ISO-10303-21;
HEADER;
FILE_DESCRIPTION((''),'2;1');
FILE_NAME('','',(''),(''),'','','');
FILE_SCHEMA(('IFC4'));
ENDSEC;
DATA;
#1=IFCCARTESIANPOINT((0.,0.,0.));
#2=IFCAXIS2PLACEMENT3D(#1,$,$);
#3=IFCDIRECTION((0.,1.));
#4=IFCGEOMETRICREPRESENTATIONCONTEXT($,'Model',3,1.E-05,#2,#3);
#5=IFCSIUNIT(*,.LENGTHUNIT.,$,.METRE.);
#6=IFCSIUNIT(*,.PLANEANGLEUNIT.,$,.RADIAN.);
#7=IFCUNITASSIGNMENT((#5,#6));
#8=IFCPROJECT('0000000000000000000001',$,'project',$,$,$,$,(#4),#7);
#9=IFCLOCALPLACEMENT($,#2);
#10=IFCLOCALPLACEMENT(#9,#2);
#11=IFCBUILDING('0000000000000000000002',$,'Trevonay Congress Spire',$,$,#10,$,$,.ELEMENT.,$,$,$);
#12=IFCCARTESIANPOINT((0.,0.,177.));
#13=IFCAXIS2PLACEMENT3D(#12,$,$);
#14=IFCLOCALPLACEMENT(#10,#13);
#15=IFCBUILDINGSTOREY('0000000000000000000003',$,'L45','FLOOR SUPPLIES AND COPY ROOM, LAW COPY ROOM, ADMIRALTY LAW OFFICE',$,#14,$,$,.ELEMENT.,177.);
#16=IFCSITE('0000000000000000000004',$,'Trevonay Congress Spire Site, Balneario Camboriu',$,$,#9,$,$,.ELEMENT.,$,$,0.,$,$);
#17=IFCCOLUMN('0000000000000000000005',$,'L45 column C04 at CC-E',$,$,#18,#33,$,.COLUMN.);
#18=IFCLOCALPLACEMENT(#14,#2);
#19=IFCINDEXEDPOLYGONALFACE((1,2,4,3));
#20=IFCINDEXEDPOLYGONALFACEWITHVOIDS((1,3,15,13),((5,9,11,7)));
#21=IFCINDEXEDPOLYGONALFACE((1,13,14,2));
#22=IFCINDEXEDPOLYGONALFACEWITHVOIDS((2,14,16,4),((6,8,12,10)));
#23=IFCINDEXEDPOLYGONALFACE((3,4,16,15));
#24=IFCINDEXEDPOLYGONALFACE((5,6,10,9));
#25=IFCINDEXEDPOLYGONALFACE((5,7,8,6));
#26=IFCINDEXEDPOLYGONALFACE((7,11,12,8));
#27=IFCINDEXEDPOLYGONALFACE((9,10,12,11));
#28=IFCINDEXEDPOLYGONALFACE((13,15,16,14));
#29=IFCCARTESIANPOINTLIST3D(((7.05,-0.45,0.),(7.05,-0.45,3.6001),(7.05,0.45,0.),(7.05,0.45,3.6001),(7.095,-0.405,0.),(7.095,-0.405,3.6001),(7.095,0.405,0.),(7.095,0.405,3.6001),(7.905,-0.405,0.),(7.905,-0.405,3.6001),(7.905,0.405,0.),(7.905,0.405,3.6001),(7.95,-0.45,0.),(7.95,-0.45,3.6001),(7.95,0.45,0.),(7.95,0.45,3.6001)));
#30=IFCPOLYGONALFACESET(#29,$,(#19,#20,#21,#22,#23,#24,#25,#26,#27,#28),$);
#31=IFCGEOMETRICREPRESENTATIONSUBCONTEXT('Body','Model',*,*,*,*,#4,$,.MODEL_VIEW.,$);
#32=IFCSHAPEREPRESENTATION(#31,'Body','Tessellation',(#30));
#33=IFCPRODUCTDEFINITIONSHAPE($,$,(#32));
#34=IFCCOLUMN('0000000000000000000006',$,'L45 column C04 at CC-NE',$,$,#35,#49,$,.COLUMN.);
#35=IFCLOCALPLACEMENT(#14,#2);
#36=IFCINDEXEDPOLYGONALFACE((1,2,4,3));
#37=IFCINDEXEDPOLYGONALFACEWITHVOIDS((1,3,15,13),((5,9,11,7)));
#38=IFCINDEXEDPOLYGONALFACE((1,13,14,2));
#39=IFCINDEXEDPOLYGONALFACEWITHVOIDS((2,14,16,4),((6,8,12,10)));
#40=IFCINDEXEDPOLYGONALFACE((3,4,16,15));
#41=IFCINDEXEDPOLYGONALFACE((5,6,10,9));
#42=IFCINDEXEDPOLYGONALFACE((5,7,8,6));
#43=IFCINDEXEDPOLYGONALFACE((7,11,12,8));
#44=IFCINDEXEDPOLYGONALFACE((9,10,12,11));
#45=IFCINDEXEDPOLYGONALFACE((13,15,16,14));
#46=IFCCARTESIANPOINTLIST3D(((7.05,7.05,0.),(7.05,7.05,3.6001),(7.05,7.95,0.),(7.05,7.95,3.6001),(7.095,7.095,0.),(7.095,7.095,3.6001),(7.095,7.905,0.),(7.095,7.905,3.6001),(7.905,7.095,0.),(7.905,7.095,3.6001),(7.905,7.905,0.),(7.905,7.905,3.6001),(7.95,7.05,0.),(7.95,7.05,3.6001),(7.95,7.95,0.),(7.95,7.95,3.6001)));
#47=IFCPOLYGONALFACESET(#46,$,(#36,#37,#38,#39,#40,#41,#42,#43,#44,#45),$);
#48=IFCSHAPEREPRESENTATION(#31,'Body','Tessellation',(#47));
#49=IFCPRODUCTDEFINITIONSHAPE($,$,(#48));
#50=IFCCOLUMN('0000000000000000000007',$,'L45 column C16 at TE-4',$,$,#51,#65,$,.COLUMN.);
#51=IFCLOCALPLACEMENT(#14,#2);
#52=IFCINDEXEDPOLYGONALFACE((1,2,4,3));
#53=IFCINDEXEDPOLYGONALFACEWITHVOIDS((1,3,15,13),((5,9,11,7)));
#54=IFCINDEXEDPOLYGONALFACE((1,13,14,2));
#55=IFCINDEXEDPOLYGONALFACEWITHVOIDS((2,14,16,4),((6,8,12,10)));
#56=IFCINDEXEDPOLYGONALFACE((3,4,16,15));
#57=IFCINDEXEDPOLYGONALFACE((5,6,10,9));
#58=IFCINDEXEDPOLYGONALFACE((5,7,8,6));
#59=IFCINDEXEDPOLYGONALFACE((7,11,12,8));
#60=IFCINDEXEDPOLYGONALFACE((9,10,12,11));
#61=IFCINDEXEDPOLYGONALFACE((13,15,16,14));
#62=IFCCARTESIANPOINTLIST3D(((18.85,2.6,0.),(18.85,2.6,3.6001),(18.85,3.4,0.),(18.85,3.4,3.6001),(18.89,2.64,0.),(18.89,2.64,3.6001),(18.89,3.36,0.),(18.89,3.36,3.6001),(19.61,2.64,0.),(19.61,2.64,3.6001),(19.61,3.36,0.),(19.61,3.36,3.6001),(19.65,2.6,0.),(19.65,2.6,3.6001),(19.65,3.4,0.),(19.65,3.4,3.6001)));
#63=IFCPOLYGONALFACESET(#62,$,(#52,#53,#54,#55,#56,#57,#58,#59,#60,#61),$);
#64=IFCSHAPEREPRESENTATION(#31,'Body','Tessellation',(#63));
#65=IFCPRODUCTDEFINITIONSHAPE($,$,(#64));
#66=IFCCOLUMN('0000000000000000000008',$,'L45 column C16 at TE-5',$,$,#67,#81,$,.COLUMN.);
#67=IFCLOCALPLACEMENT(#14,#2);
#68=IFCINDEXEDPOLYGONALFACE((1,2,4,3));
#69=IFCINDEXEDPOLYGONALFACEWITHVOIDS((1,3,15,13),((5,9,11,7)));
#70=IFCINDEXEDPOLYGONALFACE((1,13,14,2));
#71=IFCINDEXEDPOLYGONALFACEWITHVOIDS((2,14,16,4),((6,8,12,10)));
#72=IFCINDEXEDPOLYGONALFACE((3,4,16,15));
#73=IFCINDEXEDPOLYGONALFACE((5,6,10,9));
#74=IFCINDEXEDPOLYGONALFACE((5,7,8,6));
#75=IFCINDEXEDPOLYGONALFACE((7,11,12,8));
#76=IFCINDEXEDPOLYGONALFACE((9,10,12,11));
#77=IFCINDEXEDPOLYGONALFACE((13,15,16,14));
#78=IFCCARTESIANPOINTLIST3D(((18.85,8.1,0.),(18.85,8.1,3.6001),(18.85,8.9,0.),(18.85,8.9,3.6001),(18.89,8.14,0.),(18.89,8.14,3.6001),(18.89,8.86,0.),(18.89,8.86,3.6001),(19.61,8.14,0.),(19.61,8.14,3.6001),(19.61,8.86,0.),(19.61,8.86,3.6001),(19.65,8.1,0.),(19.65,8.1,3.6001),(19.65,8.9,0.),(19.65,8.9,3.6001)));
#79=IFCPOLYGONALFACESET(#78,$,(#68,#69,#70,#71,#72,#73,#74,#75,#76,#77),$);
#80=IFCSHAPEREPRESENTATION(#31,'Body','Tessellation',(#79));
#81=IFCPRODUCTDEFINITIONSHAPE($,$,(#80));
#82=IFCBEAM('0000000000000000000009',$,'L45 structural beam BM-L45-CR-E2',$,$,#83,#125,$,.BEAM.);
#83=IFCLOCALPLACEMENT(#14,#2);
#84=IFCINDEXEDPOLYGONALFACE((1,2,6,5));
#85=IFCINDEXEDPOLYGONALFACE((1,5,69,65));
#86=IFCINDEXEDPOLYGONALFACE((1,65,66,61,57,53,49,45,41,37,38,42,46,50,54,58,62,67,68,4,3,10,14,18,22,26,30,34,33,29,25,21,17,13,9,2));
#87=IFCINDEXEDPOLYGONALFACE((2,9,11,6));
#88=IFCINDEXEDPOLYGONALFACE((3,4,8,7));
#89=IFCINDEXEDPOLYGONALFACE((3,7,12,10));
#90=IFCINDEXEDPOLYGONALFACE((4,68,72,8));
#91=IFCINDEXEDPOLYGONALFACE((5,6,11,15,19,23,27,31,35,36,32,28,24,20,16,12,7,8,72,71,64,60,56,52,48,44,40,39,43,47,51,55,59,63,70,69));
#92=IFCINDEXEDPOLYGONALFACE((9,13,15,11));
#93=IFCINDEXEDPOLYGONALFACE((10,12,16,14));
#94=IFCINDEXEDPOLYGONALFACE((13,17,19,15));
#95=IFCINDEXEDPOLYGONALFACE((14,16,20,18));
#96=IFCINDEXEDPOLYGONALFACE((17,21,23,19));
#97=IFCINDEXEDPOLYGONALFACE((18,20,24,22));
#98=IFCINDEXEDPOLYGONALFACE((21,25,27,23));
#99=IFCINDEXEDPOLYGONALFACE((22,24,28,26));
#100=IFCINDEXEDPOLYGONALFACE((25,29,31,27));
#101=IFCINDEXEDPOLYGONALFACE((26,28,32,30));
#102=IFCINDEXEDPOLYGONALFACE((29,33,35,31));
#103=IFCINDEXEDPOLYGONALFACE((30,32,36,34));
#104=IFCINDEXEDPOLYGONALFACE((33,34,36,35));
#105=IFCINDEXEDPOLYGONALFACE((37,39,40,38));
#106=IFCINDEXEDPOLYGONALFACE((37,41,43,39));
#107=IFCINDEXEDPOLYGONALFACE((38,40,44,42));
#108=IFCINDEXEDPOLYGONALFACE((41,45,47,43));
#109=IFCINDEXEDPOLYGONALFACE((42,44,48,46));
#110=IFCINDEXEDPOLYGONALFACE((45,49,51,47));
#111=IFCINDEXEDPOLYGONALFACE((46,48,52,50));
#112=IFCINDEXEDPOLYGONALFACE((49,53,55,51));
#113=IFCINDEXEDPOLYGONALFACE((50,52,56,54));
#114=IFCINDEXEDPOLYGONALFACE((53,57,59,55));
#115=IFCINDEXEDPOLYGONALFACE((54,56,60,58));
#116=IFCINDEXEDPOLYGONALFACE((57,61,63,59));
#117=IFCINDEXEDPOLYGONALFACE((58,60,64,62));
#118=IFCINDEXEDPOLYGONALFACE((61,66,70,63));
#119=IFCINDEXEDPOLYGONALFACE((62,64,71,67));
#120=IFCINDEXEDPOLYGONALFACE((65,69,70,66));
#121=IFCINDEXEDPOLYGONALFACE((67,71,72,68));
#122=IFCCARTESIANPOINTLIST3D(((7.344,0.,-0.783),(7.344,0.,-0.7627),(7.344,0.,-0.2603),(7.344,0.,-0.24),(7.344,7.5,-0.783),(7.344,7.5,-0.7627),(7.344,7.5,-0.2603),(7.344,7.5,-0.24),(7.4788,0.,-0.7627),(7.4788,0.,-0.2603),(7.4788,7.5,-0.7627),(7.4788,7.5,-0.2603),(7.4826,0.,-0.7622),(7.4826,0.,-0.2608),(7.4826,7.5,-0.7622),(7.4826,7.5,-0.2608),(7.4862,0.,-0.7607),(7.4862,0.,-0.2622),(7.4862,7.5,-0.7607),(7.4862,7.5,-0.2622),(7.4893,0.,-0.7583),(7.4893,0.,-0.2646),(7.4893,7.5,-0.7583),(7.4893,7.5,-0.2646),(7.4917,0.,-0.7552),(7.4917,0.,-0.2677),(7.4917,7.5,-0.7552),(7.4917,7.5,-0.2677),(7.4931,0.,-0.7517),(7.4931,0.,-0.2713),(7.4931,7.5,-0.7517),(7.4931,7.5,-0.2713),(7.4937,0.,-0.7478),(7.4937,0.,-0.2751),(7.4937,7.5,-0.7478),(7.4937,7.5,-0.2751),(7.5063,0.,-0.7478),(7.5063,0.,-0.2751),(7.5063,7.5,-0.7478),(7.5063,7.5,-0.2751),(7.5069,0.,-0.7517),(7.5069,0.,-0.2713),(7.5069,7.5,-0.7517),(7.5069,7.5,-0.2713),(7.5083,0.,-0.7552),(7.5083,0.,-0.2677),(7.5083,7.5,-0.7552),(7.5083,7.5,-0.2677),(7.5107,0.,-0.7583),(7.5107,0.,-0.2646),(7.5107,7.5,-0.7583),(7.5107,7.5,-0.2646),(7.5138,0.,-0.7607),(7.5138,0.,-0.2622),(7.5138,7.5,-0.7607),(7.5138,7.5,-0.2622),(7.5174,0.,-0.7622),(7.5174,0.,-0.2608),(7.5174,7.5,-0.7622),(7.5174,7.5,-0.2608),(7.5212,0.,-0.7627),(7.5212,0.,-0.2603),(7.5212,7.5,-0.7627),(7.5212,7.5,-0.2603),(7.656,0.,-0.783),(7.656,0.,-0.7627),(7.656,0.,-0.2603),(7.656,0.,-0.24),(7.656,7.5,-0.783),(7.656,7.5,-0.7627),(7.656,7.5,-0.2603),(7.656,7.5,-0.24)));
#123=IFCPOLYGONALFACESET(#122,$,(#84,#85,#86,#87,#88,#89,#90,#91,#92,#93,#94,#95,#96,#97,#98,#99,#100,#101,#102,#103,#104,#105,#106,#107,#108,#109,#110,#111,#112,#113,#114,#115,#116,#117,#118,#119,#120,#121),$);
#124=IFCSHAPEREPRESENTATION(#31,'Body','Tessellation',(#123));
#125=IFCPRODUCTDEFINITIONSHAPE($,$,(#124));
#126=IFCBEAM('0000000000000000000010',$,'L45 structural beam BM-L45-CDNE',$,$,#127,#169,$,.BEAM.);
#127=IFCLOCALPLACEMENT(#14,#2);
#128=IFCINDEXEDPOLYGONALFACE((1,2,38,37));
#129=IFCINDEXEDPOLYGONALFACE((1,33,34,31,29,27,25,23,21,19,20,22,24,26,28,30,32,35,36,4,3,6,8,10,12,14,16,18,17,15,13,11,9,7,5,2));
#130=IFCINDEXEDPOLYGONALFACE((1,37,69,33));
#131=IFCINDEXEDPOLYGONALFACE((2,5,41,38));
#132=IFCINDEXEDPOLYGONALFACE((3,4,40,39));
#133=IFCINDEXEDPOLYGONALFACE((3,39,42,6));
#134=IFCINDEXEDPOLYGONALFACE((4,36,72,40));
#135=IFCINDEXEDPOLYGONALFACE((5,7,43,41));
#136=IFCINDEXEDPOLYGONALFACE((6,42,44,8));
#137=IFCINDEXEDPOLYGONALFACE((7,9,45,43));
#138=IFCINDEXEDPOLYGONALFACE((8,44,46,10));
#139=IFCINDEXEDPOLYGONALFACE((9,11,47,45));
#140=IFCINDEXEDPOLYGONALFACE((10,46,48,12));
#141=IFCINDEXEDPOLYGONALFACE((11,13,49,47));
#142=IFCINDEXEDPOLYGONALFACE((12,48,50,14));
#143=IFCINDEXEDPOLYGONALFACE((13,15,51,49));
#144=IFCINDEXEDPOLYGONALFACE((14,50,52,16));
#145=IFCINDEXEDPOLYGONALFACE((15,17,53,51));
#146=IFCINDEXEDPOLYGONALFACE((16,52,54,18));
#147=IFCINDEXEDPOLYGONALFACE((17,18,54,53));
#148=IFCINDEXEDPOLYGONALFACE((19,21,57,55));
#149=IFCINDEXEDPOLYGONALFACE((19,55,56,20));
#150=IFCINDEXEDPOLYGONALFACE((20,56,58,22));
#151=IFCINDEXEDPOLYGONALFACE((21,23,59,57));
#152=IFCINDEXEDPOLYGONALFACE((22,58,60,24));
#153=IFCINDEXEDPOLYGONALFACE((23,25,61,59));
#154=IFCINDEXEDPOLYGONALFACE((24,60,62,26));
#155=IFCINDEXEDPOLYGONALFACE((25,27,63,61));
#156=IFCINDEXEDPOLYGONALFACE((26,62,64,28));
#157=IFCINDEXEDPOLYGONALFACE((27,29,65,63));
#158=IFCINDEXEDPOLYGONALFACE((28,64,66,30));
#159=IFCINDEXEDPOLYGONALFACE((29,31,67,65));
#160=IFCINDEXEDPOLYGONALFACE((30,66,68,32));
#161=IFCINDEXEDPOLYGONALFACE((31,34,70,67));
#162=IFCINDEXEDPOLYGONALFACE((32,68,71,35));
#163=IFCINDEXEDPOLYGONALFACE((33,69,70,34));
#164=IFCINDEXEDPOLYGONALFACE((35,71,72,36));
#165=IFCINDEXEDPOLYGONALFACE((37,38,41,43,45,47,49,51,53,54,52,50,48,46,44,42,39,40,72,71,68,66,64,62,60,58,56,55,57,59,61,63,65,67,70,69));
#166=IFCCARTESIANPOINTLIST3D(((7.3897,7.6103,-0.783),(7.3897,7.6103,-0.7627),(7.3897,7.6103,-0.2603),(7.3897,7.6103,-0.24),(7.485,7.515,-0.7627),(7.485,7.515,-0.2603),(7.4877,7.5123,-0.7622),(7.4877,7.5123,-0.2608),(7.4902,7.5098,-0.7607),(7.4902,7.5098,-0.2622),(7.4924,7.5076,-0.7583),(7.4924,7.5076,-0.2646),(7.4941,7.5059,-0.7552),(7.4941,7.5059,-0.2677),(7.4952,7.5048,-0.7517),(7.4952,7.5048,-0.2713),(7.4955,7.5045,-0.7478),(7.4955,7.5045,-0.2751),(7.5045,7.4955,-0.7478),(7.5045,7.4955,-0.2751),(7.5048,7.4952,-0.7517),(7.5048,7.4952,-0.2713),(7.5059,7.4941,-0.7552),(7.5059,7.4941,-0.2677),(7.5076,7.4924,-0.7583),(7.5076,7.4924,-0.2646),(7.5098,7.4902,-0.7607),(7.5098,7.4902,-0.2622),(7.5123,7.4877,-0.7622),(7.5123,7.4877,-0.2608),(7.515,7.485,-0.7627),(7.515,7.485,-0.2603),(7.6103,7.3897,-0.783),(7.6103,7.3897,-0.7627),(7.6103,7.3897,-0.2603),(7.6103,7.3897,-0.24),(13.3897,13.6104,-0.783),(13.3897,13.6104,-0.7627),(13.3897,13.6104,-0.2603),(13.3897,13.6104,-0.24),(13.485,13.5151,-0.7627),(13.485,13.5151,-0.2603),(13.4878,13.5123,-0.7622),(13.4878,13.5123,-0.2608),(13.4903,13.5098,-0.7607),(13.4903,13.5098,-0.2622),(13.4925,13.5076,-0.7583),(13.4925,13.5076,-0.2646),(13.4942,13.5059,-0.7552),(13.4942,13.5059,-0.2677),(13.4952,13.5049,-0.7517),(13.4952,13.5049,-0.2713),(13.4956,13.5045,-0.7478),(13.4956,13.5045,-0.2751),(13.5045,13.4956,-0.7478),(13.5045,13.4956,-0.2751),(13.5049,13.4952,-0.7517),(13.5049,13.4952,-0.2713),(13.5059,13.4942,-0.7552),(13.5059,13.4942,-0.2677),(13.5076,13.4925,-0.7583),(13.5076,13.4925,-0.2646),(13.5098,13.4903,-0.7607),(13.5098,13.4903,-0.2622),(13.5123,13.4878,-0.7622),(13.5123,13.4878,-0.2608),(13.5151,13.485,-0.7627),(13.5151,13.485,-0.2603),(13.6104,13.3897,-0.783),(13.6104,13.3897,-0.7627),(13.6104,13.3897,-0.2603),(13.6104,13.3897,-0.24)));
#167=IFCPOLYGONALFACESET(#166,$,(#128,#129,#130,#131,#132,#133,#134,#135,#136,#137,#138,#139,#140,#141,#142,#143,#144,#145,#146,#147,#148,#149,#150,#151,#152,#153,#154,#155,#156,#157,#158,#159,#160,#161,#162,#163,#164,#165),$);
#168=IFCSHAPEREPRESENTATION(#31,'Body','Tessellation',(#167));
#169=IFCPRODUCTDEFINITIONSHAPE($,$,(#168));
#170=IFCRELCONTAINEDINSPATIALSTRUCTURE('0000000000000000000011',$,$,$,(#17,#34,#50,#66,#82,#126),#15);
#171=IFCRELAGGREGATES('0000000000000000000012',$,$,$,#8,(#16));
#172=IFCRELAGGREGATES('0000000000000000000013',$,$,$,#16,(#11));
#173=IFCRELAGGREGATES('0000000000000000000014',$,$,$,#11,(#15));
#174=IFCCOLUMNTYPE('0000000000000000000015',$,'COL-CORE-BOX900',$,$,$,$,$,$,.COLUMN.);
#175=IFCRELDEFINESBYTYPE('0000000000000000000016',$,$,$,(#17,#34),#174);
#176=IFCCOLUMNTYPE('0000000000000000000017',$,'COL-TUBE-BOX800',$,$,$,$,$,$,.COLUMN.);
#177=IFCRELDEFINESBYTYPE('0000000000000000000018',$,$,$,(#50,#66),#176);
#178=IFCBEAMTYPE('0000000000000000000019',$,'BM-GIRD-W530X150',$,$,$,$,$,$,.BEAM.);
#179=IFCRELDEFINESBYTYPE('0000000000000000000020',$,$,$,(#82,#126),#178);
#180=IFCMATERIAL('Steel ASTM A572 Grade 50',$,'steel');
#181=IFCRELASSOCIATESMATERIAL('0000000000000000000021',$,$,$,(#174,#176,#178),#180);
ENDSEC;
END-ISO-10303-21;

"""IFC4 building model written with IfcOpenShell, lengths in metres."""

from ifc_helpers import new_model, si_unit, direction, frame, origin, origin_2d, place, context, subcontext, project, spatial, hollow_rectangle, i_section, extrude, material, material_profile, profile_set, type_object, element, save


model = new_model("IFC4")

# Units and contexts
model_context = context("Model", 3, precision=1e-05, world=origin(), true_north=direction((0.0, 1.0)))
body_context = subcontext(model_context, "Body", "Model", "MODEL_VIEW")
ifc_project = project(units=[si_unit("LENGTHUNIT", "METRE"), si_unit("PLANEANGLEUNIT", "RADIAN")], contexts=[model_context])

# Site, building, storey
site_placement = place(None, origin())
site = spatial("IfcSite", under=ifc_project, at=site_placement, Name="Trevonay Congress Spire Site, Balneario Camboriu", CompositionType="ELEMENT", RefElevation=0.0)
building_placement = place(site_placement, origin())
building = spatial("IfcBuilding", under=site, at=building_placement, Name="Trevonay Congress Spire", CompositionType="ELEMENT")
storey_placement = place(building_placement, frame((0.0, 0.0, 177.0)))
storey = spatial("IfcBuildingStorey", under=building, at=storey_placement, Name="L45", Description="FLOOR SUPPLIES AND COPY ROOM, LAW COPY ROOM, ADMIRALTY LAW OFFICE", CompositionType="ELEMENT", Elevation=177.0)

# Columns
ifc_material_1 = material(Name="Steel ASTM A572 Grade 50", Category="steel")
ifc_material_profile_1 = material_profile(ifc_material_1, hollow_rectangle(XDim=0.8999, YDim=0.8999, WallThickness=0.0449, at=origin_2d()), Name="BOX 900x900x45")
ifc_profile_set_1 = profile_set([ifc_material_profile_1], Name="Steel ASTM A572 Grade 50")
column_type_1 = type_object("IfcColumnType", Name="COL-CORE-BOX900", PredefinedType="COLUMN", material=ifc_profile_set_1)
for number, where, z_axis, x_axis, name in (
    (1, (7.5, 0.0, 0.0), (0.0, 0.0, 1.0), (1.0, 0.0, 0.0), "L45 column C04 at CC-E"),
    (2, (7.5, 7.5, 0.0), (0.0, 0.0, 1.0), (1.0, 0.0, 0.0), "L45 column C04 at CC-NE"),
):
    element("IfcColumn", number, at=place(storey_placement, frame(where, z_axis=z_axis, x_axis=x_axis)), inside=storey, type_object=column_type_1, Name=name, PredefinedType="COLUMN", context=body_context, shape_type="SweptSolid", body=[
        extrude(hollow_rectangle(XDim=0.8999, YDim=0.8999, WallThickness=0.0449, at=origin_2d()), origin(), (0.0, 0.0, 1.0), 3.6001),
    ])
ifc_material_profile_2 = material_profile(ifc_material_1, hollow_rectangle(XDim=0.8, YDim=0.8, WallThickness=0.04, at=origin_2d()), Name="BOX 800x800x40")
ifc_profile_set_2 = profile_set([ifc_material_profile_2], Name="Steel ASTM A572 Grade 50")
column_type_2 = type_object("IfcColumnType", Name="COL-TUBE-BOX800", PredefinedType="COLUMN", material=ifc_profile_set_2)
for number, where, z_axis, x_axis, name in (
    (3, (19.25, 3.0, 0.0), (0.0, 0.0, 1.0), (1.0, 0.0, 0.0), "L45 column C16 at TE-4"),
    (4, (19.25, 8.5, 0.0), (0.0, 0.0, 1.0), (1.0, 0.0, 0.0), "L45 column C16 at TE-5"),
):
    element("IfcColumn", number, at=place(storey_placement, frame(where, z_axis=z_axis, x_axis=x_axis)), inside=storey, type_object=column_type_2, Name=name, PredefinedType="COLUMN", context=body_context, shape_type="SweptSolid", body=[
        extrude(hollow_rectangle(XDim=0.8, YDim=0.8, WallThickness=0.04, at=origin_2d()), origin(), (0.0, 0.0, 1.0), 3.6001),
    ])

# Beams
ifc_material_profile_3 = material_profile(ifc_material_1, i_section(OverallWidth=0.312, OverallDepth=0.543, WebThickness=0.0127, FlangeThickness=0.0203, FilletRadius=0.0149, at=origin_2d()), Name="W530x150")
ifc_profile_set_3 = profile_set([ifc_material_profile_3], Name="Steel ASTM A572 Grade 50")
beam_type_1 = type_object("IfcBeamType", Name="BM-GIRD-W530X150", PredefinedType="BEAM", material=ifc_profile_set_3)
beam_1_placement = place(storey_placement, frame((7.5, 0.0, -0.5115), z_axis=(0.0, 1.0, 0.0), x_axis=(-1.0, 0.0, 0.0)))
element("IfcBeam", 5, at=beam_1_placement, inside=storey, type_object=beam_type_1, Name="L45 structural beam BM-L45-CR-E2", PredefinedType="BEAM", context=body_context, shape_type="SweptSolid", body=[
    extrude(i_section(OverallWidth=0.312, OverallDepth=0.543, WebThickness=0.0127, FlangeThickness=0.0203, FilletRadius=0.0149, at=origin_2d()), origin(), (0.0, 0.0, 1.0), 7.5),
])
beam_2_placement = place(storey_placement, frame((7.5, 7.5, -0.5115), z_axis=(0.707107, 0.707107, 0.0), x_axis=(-0.707107, 0.707107, 0.0)))
element("IfcBeam", 6, at=beam_2_placement, inside=storey, type_object=beam_type_1, Name="L45 structural beam BM-L45-CDNE", PredefinedType="BEAM", context=body_context, shape_type="SweptSolid", body=[
    extrude(i_section(OverallWidth=0.312, OverallDepth=0.543, WebThickness=0.0127, FlangeThickness=0.0203, FilletRadius=0.0149, at=origin_2d()), origin(), (0.0, 0.0, 1.0), 8.4854),
])

save(model, "model.ifc")
